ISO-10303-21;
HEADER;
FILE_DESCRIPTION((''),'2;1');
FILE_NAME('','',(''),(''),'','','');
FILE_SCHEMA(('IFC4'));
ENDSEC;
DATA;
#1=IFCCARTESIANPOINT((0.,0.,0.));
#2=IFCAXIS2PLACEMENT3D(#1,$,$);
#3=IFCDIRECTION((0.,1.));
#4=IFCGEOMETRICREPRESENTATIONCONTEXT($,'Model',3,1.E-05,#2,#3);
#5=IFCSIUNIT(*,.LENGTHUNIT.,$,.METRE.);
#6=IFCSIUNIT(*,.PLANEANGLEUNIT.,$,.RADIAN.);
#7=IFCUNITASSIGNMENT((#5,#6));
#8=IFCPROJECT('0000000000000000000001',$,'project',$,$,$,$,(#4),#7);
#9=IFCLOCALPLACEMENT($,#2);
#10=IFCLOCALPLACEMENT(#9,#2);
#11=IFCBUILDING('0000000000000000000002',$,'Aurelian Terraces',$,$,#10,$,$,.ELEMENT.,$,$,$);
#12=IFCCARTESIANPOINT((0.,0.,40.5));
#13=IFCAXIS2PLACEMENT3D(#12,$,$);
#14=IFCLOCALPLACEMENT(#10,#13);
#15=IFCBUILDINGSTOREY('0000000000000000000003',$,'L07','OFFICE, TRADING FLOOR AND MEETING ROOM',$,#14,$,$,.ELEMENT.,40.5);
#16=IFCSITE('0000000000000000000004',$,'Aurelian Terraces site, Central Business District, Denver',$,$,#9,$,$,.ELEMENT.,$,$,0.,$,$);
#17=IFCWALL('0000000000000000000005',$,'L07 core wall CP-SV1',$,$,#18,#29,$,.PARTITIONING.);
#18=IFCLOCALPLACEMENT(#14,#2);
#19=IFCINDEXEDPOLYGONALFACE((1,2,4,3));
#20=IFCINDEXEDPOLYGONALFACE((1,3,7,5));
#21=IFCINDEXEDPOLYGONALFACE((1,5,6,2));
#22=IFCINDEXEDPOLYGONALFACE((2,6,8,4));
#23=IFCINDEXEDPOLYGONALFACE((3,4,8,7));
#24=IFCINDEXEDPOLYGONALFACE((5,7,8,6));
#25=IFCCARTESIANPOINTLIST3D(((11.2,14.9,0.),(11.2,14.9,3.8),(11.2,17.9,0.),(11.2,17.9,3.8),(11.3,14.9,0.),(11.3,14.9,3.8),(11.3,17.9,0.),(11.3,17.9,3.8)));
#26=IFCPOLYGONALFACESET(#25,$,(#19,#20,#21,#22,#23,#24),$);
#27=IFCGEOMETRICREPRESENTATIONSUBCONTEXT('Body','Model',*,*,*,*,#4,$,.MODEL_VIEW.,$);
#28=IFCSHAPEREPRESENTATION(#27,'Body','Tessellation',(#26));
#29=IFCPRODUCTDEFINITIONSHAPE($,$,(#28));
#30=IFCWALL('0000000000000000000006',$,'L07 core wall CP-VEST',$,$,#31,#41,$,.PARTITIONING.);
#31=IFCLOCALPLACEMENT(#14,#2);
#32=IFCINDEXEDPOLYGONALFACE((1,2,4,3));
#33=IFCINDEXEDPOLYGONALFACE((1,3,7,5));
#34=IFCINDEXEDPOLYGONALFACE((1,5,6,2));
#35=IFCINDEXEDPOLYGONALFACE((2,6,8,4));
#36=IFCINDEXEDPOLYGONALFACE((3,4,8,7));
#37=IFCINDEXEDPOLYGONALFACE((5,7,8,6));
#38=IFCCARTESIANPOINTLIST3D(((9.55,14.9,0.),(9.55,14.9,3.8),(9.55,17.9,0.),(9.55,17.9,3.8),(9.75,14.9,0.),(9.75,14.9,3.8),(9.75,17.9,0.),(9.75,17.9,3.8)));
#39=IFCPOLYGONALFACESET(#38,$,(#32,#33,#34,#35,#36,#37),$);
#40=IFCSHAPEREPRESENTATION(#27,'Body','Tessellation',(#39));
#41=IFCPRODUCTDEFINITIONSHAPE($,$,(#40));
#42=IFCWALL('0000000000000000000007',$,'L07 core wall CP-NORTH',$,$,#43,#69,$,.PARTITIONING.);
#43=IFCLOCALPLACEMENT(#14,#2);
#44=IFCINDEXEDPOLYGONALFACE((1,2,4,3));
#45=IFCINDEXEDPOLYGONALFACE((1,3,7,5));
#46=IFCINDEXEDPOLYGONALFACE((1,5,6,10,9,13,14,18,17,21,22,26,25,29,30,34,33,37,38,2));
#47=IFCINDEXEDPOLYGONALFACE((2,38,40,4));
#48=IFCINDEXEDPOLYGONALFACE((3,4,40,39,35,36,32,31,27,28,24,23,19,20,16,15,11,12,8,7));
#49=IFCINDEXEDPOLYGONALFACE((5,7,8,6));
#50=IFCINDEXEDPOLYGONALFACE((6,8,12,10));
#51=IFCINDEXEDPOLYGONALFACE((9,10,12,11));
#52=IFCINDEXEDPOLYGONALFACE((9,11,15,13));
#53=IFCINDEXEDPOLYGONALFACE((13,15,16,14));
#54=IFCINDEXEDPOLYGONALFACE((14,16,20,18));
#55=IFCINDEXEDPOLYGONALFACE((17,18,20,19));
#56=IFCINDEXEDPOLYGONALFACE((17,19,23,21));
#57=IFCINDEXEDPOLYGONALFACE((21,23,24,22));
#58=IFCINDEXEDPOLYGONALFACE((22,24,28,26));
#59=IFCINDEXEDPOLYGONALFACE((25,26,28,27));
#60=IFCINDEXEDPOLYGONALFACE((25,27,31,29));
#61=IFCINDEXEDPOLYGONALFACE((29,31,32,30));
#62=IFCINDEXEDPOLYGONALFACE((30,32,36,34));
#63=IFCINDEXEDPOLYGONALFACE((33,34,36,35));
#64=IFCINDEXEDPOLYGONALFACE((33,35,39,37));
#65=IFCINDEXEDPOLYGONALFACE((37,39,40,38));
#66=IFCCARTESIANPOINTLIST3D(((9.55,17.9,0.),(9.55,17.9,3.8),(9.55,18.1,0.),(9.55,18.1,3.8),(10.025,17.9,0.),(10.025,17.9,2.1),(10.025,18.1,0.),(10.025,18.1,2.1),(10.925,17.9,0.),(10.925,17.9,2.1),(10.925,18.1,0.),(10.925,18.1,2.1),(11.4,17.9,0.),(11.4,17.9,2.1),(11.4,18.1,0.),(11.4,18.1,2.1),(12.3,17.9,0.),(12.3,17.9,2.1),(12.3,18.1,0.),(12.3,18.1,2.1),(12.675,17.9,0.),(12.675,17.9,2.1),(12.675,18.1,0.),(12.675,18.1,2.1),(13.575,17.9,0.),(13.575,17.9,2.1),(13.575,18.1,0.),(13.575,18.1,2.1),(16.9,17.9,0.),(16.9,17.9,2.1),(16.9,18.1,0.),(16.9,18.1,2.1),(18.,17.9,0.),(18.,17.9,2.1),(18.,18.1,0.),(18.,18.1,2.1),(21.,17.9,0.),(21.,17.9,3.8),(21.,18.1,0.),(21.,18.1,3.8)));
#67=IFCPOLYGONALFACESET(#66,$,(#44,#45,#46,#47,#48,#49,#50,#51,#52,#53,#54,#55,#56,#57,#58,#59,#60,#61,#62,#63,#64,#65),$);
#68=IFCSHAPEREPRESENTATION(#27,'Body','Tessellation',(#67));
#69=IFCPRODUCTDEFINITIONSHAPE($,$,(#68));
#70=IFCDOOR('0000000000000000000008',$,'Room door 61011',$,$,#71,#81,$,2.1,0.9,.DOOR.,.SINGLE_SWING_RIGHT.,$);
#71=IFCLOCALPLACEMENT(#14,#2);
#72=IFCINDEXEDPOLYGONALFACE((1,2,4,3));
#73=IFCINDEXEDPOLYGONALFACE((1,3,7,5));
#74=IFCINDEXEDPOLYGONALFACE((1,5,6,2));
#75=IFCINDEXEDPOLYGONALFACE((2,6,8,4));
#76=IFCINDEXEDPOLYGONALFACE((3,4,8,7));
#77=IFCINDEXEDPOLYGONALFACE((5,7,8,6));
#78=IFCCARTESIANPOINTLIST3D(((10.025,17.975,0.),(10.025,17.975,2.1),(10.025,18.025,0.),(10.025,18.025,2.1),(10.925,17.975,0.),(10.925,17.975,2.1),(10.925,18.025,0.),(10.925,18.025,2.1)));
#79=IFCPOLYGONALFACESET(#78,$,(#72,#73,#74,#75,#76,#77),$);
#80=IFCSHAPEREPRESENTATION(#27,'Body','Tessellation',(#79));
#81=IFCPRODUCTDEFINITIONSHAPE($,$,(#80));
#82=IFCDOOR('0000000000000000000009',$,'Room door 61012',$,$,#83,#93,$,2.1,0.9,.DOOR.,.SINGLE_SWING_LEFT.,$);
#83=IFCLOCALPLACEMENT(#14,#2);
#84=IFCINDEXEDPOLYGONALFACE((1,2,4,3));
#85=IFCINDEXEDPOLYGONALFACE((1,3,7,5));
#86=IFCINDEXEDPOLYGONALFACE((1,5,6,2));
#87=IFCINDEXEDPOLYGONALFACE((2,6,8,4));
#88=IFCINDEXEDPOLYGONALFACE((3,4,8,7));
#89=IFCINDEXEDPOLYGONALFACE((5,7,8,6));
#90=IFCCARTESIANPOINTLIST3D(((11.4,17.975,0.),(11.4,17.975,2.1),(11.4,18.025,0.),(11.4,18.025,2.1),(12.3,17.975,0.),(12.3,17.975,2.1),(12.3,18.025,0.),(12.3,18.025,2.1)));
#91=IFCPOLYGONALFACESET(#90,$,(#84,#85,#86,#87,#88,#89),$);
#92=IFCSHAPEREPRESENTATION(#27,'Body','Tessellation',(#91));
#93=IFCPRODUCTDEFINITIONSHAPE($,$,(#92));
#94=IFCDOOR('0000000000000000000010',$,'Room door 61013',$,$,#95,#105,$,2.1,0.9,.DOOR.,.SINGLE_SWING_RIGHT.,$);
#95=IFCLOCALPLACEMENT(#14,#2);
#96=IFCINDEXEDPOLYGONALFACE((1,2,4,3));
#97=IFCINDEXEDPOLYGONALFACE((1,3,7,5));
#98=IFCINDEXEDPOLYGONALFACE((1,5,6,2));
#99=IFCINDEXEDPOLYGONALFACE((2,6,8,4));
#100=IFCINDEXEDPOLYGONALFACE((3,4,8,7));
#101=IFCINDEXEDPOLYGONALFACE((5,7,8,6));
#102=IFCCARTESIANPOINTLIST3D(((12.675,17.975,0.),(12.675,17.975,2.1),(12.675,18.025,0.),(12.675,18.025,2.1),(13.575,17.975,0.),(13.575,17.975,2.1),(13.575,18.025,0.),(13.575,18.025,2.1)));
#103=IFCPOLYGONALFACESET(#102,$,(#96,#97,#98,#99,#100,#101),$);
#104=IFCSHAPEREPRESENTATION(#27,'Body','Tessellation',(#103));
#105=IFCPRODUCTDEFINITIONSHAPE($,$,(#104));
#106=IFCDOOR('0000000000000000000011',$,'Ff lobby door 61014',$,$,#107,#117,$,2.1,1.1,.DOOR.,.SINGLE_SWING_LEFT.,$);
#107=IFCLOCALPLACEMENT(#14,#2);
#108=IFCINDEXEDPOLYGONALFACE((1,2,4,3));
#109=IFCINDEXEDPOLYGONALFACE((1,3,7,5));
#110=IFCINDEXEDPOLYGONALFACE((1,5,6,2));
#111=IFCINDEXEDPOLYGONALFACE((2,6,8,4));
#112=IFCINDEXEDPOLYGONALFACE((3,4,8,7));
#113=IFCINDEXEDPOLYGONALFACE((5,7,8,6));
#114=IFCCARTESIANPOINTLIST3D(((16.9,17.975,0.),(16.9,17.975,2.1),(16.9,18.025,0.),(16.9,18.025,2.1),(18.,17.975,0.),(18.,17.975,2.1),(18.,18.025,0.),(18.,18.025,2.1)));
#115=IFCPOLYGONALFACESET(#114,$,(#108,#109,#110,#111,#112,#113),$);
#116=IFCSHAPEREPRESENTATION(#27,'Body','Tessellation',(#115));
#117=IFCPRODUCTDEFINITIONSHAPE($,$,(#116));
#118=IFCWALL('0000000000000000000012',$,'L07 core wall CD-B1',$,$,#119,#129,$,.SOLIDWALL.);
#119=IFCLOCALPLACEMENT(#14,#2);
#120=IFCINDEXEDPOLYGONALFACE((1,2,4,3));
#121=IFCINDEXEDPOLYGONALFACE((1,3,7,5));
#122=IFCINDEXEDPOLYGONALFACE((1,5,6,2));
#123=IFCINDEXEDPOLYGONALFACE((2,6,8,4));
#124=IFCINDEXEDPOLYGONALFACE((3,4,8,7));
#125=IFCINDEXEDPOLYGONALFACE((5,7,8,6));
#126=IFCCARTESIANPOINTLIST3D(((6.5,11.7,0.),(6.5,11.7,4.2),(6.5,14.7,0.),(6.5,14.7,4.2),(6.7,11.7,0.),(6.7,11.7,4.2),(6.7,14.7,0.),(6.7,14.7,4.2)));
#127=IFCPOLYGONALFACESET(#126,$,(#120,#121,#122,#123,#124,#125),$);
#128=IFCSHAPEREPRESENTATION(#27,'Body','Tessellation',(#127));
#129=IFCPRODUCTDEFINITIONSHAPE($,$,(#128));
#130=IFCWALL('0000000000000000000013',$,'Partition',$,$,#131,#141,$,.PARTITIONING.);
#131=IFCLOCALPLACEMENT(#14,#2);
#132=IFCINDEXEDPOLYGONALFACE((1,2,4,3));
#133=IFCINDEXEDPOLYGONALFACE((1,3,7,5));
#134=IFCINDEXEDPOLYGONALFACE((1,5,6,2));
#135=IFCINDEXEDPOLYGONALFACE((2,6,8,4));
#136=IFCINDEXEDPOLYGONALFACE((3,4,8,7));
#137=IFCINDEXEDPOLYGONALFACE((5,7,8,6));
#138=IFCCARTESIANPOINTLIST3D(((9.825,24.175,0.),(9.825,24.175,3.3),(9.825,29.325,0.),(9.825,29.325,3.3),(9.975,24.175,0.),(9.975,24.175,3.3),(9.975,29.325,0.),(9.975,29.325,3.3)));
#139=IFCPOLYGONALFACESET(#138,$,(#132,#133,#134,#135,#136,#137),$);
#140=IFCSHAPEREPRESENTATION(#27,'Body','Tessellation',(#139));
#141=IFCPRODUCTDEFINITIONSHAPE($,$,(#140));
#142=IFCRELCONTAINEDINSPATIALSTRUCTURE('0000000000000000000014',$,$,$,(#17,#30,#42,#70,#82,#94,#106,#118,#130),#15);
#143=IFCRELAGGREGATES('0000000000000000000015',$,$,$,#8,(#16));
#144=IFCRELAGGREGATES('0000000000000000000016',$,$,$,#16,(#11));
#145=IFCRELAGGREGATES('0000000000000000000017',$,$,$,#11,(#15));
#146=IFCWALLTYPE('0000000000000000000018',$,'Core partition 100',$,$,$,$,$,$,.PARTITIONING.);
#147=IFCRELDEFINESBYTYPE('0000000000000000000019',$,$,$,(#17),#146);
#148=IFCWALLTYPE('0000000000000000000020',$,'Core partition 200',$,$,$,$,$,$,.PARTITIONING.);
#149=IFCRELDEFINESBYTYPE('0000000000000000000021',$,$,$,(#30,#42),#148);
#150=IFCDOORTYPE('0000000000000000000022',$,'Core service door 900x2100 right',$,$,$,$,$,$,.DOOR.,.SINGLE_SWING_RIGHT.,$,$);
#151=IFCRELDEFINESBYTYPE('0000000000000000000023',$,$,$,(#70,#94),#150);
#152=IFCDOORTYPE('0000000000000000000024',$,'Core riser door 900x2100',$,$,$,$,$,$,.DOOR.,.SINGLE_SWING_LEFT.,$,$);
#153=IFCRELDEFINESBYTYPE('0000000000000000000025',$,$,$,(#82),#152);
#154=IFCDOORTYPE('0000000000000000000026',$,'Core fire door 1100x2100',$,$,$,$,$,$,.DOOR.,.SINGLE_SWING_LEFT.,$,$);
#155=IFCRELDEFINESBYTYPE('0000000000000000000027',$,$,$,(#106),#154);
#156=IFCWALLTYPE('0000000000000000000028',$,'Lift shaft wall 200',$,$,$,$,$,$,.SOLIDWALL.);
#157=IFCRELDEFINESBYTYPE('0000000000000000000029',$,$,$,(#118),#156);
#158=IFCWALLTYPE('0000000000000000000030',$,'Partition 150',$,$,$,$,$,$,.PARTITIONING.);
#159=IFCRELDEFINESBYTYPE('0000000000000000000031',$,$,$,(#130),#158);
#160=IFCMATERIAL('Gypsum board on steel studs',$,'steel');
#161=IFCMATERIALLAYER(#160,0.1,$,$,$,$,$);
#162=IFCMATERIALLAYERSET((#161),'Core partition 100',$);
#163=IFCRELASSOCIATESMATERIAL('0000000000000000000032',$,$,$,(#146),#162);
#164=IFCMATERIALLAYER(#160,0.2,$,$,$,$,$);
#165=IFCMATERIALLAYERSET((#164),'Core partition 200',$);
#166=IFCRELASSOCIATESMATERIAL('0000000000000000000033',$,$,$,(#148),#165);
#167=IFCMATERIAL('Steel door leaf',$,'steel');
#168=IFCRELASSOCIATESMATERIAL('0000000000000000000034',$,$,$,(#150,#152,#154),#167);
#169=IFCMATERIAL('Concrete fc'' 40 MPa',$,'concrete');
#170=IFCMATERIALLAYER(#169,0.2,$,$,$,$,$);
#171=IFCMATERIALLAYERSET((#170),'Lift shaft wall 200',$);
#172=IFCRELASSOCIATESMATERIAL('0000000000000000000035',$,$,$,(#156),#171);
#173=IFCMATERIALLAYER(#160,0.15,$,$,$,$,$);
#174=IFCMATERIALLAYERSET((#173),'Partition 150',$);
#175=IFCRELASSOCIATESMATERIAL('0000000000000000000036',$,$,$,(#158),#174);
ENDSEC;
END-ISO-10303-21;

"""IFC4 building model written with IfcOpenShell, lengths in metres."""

from ifc_helpers import new_model, si_unit, direction, frame, frame_2d, origin, place, context, subcontext, project, spatial, rectangle, extrude, source, transform, mapped, material, layer, layer_set, type_object, element, fill, save


model = new_model("IFC4")

# Units and contexts
model_context = context("Model", 3, precision=1e-05, world=origin(), true_north=direction((0.0, 1.0)))
body_context = subcontext(model_context, "Body", "Model", "MODEL_VIEW")
ifc_project = project(units=[si_unit("LENGTHUNIT", "METRE"), si_unit("PLANEANGLEUNIT", "RADIAN")], contexts=[model_context])

# Site, building, storey
site_placement = place(None, origin())
site = spatial("IfcSite", under=ifc_project, at=site_placement, Name="Aurelian Terraces site, Central Business District, Denver", CompositionType="ELEMENT", RefElevation=0.0)
building_placement = place(site_placement, origin())
building = spatial("IfcBuilding", under=site, at=building_placement, Name="Aurelian Terraces", CompositionType="ELEMENT")
storey_placement = place(building_placement, frame((0.0, 0.0, 40.5)))
storey = spatial("IfcBuildingStorey", under=building, at=storey_placement, Name="L07", Description="OFFICE, TRADING FLOOR AND MEETING ROOM", CompositionType="ELEMENT", Elevation=40.5)

# Walls
ifc_material_1 = material(Name="Gypsum board on steel studs", Category="steel")
ifc_layer_1 = layer(ifc_material_1, 0.1)
ifc_layer_set_1 = layer_set([ifc_layer_1], Name="Core partition 100")
wall_type_1 = type_object("IfcWallType", Name="Core partition 100", PredefinedType="PARTITIONING", material=ifc_layer_set_1)
wall_1_placement = place(storey_placement, frame((11.25, 14.9, 0.0), z_axis=(0.0, 0.0, 1.0), x_axis=(0.0, 1.0, 0.0)))
element("IfcWall", 1, at=wall_1_placement, inside=storey, type_object=wall_type_1, Name="L07 core wall CP-SV1", PredefinedType="PARTITIONING", context=body_context, shape_type="SweptSolid", body=[
    extrude(rectangle(XDim=3.0, YDim=0.1, at=frame_2d((1.5, 0.0))), origin(), (0.0, 0.0, 1.0), 3.8),
])
ifc_layer_2 = layer(ifc_material_1, 0.2)
ifc_layer_set_2 = layer_set([ifc_layer_2], Name="Core partition 200")
wall_type_2 = type_object("IfcWallType", Name="Core partition 200", PredefinedType="PARTITIONING", material=ifc_layer_set_2)
wall_2_placement = place(storey_placement, frame((9.65, 14.9, 0.0), z_axis=(0.0, 0.0, 1.0), x_axis=(0.0, 1.0, 0.0)))
element("IfcWall", 2, at=wall_2_placement, inside=storey, type_object=wall_type_2, Name="L07 core wall CP-VEST", PredefinedType="PARTITIONING", context=body_context, shape_type="SweptSolid", body=[
    extrude(rectangle(XDim=3.0, YDim=0.2, at=frame_2d((1.5, 0.0))), origin(), (0.0, 0.0, 1.0), 3.8),
])

# Wall, openings, doors
wall_3_placement = place(storey_placement, frame((9.55, 18.0, 0.0), z_axis=(0.0, 0.0, 1.0), x_axis=(1.0, 0.0, 0.0)))
wall_3 = element("IfcWall", 3, at=wall_3_placement, inside=storey, type_object=wall_type_2, Name="L07 core wall CP-NORTH", PredefinedType="PARTITIONING", context=body_context, shape_type="SweptSolid", body=[
    extrude(rectangle(XDim=11.45, YDim=0.2, at=frame_2d((5.725, 0.0))), origin(), (0.0, 0.0, 1.0), 3.8),
])
shared_shape_1 = source(origin(), body_context, "Body", "SweptSolid", [
    extrude(rectangle(XDim=0.9, YDim=2.1, at=frame_2d((0.45, 1.05))), frame((0.0, 0.11, 0.0), z_axis=(0.0, -1.0, 0.0), x_axis=(1.0, 0.0, 0.0)), (0.0, 0.0, 1.0), 0.22),
])
opening_1_placement = place(wall_3_placement, frame((0.475, 0.0, 0.0)))
opening_1 = element("IfcOpeningElement", 4, at=opening_1_placement, cuts=wall_3, PredefinedType="OPENING", context=body_context, shape_type="MappedRepresentation", body=[
    mapped(shared_shape_1, transform((0.0, 0.0, 0.0), scale=1.0)),
])
opening_2_placement = place(wall_3_placement, frame((1.85, 0.0, 0.0)))
opening_2 = element("IfcOpeningElement", 5, at=opening_2_placement, cuts=wall_3, PredefinedType="OPENING", context=body_context, shape_type="MappedRepresentation", body=[
    mapped(shared_shape_1, transform((0.0, 0.0, 0.0), scale=1.0)),
])
opening_3_placement = place(wall_3_placement, frame((3.125, 0.0, 0.0)))
opening_3 = element("IfcOpeningElement", 6, at=opening_3_placement, cuts=wall_3, PredefinedType="OPENING", context=body_context, shape_type="MappedRepresentation", body=[
    mapped(shared_shape_1, transform((0.0, 0.0, 0.0), scale=1.0)),
])
shared_shape_2 = source(origin(), body_context, "Body", "SweptSolid", [
    extrude(rectangle(XDim=1.1, YDim=2.1, at=frame_2d((0.55, 1.05))), frame((0.0, 0.11, 0.0), z_axis=(0.0, -1.0, 0.0), x_axis=(1.0, 0.0, 0.0)), (0.0, 0.0, 1.0), 0.22),
])
opening_4_placement = place(wall_3_placement, frame((7.35, 0.0, 0.0)))
opening_4 = element("IfcOpeningElement", 7, at=opening_4_placement, cuts=wall_3, PredefinedType="OPENING", context=body_context, shape_type="MappedRepresentation", body=[
    mapped(shared_shape_2, transform((0.0, 0.0, 0.0), scale=1.0)),
])
ifc_material_2 = material(Name="Steel door leaf", Category="steel")
door_type_1 = type_object("IfcDoorType", Name="Core service door 900x2100 right", OperationType="SINGLE_SWING_RIGHT", PredefinedType="DOOR", material=ifc_material_2)
shared_shape_3 = source(origin(), body_context, "Body", "SweptSolid", [
    extrude(rectangle(XDim=0.9, YDim=2.1, at=frame_2d((0.45, 1.05))), frame((0.0, 0.025, 0.0), z_axis=(0.0, -1.0, 0.0), x_axis=(1.0, 0.0, 0.0)), (0.0, 0.0, 1.0), 0.05),
])
door_1_placement = place(opening_1_placement, origin())
door_1 = element("IfcDoor", 8, at=door_1_placement, inside=storey, type_object=door_type_1, Name="Room door 61011", OperationType="SINGLE_SWING_RIGHT", OverallHeight=2.1, OverallWidth=0.9, PredefinedType="DOOR", context=body_context, shape_type="MappedRepresentation", body=[
    mapped(shared_shape_3, transform((0.0, 0.0, 0.0), scale=1.0)),
])
fill(opening_1, door_1)
door_type_2 = type_object("IfcDoorType", Name="Core riser door 900x2100", OperationType="SINGLE_SWING_LEFT", PredefinedType="DOOR", material=ifc_material_2)
door_2_placement = place(opening_2_placement, origin())
door_2 = element("IfcDoor", 9, at=door_2_placement, inside=storey, type_object=door_type_2, Name="Room door 61012", OperationType="SINGLE_SWING_LEFT", OverallHeight=2.1, OverallWidth=0.9, PredefinedType="DOOR", context=body_context, shape_type="MappedRepresentation", body=[
    mapped(shared_shape_3, transform((0.0, 0.0, 0.0), scale=1.0)),
])
fill(opening_2, door_2)
door_3_placement = place(opening_3_placement, origin())
door_3 = element("IfcDoor", 10, at=door_3_placement, inside=storey, type_object=door_type_1, Name="Room door 61013", OperationType="SINGLE_SWING_RIGHT", OverallHeight=2.1, OverallWidth=0.9, PredefinedType="DOOR", context=body_context, shape_type="MappedRepresentation", body=[
    mapped(shared_shape_3, transform((0.0, 0.0, 0.0), scale=1.0)),
])
fill(opening_3, door_3)
door_type_3 = type_object("IfcDoorType", Name="Core fire door 1100x2100", OperationType="SINGLE_SWING_LEFT", PredefinedType="DOOR", material=ifc_material_2)
shared_shape_4 = source(origin(), body_context, "Body", "SweptSolid", [
    extrude(rectangle(XDim=1.1, YDim=2.1, at=frame_2d((0.55, 1.05))), frame((0.0, 0.025, 0.0), z_axis=(0.0, -1.0, 0.0), x_axis=(1.0, 0.0, 0.0)), (0.0, 0.0, 1.0), 0.05),
])
door_4_placement = place(opening_4_placement, origin())
door_4 = element("IfcDoor", 11, at=door_4_placement, inside=storey, type_object=door_type_3, Name="Ff lobby door 61014", OperationType="SINGLE_SWING_LEFT", OverallHeight=2.1, OverallWidth=1.1, PredefinedType="DOOR", context=body_context, shape_type="MappedRepresentation", body=[
    mapped(shared_shape_4, transform((0.0, 0.0, 0.0), scale=1.0)),
])
fill(opening_4, door_4)

# Walls
ifc_material_3 = material(Name="Concrete fc' 40 MPa", Category="concrete")
ifc_layer_3 = layer(ifc_material_3, 0.2)
ifc_layer_set_3 = layer_set([ifc_layer_3], Name="Lift shaft wall 200")
wall_type_3 = type_object("IfcWallType", Name="Lift shaft wall 200", PredefinedType="SOLIDWALL", material=ifc_layer_set_3)
wall_4_placement = place(storey_placement, frame((6.6, 11.7, 0.0), z_axis=(0.0, 0.0, 1.0), x_axis=(0.0, 1.0, 0.0)))
element("IfcWall", 12, at=wall_4_placement, inside=storey, type_object=wall_type_3, Name="L07 core wall CD-B1", PredefinedType="SOLIDWALL", context=body_context, shape_type="SweptSolid", body=[
    extrude(rectangle(XDim=3.0, YDim=0.2, at=frame_2d((1.5, 0.0))), origin(), (0.0, 0.0, 1.0), 4.2),
])
ifc_layer_4 = layer(ifc_material_1, 0.15)
ifc_layer_set_4 = layer_set([ifc_layer_4], Name="Partition 150")
wall_type_4 = type_object("IfcWallType", Name="Partition 150", PredefinedType="PARTITIONING", material=ifc_layer_set_4)
wall_5_placement = place(storey_placement, frame((9.9, 24.175, 0.0), z_axis=(0.0, 0.0, 1.0), x_axis=(0.0, 1.0, 0.0)))
element("IfcWall", 13, at=wall_5_placement, inside=storey, type_object=wall_type_4, Name="Partition", PredefinedType="PARTITIONING", context=body_context, shape_type="SweptSolid", body=[
    extrude(rectangle(XDim=5.15, YDim=0.15, at=frame_2d((2.575, 0.0))), origin(), (0.0, 0.0, 1.0), 3.3),
])

save(model, "model.ifc")
